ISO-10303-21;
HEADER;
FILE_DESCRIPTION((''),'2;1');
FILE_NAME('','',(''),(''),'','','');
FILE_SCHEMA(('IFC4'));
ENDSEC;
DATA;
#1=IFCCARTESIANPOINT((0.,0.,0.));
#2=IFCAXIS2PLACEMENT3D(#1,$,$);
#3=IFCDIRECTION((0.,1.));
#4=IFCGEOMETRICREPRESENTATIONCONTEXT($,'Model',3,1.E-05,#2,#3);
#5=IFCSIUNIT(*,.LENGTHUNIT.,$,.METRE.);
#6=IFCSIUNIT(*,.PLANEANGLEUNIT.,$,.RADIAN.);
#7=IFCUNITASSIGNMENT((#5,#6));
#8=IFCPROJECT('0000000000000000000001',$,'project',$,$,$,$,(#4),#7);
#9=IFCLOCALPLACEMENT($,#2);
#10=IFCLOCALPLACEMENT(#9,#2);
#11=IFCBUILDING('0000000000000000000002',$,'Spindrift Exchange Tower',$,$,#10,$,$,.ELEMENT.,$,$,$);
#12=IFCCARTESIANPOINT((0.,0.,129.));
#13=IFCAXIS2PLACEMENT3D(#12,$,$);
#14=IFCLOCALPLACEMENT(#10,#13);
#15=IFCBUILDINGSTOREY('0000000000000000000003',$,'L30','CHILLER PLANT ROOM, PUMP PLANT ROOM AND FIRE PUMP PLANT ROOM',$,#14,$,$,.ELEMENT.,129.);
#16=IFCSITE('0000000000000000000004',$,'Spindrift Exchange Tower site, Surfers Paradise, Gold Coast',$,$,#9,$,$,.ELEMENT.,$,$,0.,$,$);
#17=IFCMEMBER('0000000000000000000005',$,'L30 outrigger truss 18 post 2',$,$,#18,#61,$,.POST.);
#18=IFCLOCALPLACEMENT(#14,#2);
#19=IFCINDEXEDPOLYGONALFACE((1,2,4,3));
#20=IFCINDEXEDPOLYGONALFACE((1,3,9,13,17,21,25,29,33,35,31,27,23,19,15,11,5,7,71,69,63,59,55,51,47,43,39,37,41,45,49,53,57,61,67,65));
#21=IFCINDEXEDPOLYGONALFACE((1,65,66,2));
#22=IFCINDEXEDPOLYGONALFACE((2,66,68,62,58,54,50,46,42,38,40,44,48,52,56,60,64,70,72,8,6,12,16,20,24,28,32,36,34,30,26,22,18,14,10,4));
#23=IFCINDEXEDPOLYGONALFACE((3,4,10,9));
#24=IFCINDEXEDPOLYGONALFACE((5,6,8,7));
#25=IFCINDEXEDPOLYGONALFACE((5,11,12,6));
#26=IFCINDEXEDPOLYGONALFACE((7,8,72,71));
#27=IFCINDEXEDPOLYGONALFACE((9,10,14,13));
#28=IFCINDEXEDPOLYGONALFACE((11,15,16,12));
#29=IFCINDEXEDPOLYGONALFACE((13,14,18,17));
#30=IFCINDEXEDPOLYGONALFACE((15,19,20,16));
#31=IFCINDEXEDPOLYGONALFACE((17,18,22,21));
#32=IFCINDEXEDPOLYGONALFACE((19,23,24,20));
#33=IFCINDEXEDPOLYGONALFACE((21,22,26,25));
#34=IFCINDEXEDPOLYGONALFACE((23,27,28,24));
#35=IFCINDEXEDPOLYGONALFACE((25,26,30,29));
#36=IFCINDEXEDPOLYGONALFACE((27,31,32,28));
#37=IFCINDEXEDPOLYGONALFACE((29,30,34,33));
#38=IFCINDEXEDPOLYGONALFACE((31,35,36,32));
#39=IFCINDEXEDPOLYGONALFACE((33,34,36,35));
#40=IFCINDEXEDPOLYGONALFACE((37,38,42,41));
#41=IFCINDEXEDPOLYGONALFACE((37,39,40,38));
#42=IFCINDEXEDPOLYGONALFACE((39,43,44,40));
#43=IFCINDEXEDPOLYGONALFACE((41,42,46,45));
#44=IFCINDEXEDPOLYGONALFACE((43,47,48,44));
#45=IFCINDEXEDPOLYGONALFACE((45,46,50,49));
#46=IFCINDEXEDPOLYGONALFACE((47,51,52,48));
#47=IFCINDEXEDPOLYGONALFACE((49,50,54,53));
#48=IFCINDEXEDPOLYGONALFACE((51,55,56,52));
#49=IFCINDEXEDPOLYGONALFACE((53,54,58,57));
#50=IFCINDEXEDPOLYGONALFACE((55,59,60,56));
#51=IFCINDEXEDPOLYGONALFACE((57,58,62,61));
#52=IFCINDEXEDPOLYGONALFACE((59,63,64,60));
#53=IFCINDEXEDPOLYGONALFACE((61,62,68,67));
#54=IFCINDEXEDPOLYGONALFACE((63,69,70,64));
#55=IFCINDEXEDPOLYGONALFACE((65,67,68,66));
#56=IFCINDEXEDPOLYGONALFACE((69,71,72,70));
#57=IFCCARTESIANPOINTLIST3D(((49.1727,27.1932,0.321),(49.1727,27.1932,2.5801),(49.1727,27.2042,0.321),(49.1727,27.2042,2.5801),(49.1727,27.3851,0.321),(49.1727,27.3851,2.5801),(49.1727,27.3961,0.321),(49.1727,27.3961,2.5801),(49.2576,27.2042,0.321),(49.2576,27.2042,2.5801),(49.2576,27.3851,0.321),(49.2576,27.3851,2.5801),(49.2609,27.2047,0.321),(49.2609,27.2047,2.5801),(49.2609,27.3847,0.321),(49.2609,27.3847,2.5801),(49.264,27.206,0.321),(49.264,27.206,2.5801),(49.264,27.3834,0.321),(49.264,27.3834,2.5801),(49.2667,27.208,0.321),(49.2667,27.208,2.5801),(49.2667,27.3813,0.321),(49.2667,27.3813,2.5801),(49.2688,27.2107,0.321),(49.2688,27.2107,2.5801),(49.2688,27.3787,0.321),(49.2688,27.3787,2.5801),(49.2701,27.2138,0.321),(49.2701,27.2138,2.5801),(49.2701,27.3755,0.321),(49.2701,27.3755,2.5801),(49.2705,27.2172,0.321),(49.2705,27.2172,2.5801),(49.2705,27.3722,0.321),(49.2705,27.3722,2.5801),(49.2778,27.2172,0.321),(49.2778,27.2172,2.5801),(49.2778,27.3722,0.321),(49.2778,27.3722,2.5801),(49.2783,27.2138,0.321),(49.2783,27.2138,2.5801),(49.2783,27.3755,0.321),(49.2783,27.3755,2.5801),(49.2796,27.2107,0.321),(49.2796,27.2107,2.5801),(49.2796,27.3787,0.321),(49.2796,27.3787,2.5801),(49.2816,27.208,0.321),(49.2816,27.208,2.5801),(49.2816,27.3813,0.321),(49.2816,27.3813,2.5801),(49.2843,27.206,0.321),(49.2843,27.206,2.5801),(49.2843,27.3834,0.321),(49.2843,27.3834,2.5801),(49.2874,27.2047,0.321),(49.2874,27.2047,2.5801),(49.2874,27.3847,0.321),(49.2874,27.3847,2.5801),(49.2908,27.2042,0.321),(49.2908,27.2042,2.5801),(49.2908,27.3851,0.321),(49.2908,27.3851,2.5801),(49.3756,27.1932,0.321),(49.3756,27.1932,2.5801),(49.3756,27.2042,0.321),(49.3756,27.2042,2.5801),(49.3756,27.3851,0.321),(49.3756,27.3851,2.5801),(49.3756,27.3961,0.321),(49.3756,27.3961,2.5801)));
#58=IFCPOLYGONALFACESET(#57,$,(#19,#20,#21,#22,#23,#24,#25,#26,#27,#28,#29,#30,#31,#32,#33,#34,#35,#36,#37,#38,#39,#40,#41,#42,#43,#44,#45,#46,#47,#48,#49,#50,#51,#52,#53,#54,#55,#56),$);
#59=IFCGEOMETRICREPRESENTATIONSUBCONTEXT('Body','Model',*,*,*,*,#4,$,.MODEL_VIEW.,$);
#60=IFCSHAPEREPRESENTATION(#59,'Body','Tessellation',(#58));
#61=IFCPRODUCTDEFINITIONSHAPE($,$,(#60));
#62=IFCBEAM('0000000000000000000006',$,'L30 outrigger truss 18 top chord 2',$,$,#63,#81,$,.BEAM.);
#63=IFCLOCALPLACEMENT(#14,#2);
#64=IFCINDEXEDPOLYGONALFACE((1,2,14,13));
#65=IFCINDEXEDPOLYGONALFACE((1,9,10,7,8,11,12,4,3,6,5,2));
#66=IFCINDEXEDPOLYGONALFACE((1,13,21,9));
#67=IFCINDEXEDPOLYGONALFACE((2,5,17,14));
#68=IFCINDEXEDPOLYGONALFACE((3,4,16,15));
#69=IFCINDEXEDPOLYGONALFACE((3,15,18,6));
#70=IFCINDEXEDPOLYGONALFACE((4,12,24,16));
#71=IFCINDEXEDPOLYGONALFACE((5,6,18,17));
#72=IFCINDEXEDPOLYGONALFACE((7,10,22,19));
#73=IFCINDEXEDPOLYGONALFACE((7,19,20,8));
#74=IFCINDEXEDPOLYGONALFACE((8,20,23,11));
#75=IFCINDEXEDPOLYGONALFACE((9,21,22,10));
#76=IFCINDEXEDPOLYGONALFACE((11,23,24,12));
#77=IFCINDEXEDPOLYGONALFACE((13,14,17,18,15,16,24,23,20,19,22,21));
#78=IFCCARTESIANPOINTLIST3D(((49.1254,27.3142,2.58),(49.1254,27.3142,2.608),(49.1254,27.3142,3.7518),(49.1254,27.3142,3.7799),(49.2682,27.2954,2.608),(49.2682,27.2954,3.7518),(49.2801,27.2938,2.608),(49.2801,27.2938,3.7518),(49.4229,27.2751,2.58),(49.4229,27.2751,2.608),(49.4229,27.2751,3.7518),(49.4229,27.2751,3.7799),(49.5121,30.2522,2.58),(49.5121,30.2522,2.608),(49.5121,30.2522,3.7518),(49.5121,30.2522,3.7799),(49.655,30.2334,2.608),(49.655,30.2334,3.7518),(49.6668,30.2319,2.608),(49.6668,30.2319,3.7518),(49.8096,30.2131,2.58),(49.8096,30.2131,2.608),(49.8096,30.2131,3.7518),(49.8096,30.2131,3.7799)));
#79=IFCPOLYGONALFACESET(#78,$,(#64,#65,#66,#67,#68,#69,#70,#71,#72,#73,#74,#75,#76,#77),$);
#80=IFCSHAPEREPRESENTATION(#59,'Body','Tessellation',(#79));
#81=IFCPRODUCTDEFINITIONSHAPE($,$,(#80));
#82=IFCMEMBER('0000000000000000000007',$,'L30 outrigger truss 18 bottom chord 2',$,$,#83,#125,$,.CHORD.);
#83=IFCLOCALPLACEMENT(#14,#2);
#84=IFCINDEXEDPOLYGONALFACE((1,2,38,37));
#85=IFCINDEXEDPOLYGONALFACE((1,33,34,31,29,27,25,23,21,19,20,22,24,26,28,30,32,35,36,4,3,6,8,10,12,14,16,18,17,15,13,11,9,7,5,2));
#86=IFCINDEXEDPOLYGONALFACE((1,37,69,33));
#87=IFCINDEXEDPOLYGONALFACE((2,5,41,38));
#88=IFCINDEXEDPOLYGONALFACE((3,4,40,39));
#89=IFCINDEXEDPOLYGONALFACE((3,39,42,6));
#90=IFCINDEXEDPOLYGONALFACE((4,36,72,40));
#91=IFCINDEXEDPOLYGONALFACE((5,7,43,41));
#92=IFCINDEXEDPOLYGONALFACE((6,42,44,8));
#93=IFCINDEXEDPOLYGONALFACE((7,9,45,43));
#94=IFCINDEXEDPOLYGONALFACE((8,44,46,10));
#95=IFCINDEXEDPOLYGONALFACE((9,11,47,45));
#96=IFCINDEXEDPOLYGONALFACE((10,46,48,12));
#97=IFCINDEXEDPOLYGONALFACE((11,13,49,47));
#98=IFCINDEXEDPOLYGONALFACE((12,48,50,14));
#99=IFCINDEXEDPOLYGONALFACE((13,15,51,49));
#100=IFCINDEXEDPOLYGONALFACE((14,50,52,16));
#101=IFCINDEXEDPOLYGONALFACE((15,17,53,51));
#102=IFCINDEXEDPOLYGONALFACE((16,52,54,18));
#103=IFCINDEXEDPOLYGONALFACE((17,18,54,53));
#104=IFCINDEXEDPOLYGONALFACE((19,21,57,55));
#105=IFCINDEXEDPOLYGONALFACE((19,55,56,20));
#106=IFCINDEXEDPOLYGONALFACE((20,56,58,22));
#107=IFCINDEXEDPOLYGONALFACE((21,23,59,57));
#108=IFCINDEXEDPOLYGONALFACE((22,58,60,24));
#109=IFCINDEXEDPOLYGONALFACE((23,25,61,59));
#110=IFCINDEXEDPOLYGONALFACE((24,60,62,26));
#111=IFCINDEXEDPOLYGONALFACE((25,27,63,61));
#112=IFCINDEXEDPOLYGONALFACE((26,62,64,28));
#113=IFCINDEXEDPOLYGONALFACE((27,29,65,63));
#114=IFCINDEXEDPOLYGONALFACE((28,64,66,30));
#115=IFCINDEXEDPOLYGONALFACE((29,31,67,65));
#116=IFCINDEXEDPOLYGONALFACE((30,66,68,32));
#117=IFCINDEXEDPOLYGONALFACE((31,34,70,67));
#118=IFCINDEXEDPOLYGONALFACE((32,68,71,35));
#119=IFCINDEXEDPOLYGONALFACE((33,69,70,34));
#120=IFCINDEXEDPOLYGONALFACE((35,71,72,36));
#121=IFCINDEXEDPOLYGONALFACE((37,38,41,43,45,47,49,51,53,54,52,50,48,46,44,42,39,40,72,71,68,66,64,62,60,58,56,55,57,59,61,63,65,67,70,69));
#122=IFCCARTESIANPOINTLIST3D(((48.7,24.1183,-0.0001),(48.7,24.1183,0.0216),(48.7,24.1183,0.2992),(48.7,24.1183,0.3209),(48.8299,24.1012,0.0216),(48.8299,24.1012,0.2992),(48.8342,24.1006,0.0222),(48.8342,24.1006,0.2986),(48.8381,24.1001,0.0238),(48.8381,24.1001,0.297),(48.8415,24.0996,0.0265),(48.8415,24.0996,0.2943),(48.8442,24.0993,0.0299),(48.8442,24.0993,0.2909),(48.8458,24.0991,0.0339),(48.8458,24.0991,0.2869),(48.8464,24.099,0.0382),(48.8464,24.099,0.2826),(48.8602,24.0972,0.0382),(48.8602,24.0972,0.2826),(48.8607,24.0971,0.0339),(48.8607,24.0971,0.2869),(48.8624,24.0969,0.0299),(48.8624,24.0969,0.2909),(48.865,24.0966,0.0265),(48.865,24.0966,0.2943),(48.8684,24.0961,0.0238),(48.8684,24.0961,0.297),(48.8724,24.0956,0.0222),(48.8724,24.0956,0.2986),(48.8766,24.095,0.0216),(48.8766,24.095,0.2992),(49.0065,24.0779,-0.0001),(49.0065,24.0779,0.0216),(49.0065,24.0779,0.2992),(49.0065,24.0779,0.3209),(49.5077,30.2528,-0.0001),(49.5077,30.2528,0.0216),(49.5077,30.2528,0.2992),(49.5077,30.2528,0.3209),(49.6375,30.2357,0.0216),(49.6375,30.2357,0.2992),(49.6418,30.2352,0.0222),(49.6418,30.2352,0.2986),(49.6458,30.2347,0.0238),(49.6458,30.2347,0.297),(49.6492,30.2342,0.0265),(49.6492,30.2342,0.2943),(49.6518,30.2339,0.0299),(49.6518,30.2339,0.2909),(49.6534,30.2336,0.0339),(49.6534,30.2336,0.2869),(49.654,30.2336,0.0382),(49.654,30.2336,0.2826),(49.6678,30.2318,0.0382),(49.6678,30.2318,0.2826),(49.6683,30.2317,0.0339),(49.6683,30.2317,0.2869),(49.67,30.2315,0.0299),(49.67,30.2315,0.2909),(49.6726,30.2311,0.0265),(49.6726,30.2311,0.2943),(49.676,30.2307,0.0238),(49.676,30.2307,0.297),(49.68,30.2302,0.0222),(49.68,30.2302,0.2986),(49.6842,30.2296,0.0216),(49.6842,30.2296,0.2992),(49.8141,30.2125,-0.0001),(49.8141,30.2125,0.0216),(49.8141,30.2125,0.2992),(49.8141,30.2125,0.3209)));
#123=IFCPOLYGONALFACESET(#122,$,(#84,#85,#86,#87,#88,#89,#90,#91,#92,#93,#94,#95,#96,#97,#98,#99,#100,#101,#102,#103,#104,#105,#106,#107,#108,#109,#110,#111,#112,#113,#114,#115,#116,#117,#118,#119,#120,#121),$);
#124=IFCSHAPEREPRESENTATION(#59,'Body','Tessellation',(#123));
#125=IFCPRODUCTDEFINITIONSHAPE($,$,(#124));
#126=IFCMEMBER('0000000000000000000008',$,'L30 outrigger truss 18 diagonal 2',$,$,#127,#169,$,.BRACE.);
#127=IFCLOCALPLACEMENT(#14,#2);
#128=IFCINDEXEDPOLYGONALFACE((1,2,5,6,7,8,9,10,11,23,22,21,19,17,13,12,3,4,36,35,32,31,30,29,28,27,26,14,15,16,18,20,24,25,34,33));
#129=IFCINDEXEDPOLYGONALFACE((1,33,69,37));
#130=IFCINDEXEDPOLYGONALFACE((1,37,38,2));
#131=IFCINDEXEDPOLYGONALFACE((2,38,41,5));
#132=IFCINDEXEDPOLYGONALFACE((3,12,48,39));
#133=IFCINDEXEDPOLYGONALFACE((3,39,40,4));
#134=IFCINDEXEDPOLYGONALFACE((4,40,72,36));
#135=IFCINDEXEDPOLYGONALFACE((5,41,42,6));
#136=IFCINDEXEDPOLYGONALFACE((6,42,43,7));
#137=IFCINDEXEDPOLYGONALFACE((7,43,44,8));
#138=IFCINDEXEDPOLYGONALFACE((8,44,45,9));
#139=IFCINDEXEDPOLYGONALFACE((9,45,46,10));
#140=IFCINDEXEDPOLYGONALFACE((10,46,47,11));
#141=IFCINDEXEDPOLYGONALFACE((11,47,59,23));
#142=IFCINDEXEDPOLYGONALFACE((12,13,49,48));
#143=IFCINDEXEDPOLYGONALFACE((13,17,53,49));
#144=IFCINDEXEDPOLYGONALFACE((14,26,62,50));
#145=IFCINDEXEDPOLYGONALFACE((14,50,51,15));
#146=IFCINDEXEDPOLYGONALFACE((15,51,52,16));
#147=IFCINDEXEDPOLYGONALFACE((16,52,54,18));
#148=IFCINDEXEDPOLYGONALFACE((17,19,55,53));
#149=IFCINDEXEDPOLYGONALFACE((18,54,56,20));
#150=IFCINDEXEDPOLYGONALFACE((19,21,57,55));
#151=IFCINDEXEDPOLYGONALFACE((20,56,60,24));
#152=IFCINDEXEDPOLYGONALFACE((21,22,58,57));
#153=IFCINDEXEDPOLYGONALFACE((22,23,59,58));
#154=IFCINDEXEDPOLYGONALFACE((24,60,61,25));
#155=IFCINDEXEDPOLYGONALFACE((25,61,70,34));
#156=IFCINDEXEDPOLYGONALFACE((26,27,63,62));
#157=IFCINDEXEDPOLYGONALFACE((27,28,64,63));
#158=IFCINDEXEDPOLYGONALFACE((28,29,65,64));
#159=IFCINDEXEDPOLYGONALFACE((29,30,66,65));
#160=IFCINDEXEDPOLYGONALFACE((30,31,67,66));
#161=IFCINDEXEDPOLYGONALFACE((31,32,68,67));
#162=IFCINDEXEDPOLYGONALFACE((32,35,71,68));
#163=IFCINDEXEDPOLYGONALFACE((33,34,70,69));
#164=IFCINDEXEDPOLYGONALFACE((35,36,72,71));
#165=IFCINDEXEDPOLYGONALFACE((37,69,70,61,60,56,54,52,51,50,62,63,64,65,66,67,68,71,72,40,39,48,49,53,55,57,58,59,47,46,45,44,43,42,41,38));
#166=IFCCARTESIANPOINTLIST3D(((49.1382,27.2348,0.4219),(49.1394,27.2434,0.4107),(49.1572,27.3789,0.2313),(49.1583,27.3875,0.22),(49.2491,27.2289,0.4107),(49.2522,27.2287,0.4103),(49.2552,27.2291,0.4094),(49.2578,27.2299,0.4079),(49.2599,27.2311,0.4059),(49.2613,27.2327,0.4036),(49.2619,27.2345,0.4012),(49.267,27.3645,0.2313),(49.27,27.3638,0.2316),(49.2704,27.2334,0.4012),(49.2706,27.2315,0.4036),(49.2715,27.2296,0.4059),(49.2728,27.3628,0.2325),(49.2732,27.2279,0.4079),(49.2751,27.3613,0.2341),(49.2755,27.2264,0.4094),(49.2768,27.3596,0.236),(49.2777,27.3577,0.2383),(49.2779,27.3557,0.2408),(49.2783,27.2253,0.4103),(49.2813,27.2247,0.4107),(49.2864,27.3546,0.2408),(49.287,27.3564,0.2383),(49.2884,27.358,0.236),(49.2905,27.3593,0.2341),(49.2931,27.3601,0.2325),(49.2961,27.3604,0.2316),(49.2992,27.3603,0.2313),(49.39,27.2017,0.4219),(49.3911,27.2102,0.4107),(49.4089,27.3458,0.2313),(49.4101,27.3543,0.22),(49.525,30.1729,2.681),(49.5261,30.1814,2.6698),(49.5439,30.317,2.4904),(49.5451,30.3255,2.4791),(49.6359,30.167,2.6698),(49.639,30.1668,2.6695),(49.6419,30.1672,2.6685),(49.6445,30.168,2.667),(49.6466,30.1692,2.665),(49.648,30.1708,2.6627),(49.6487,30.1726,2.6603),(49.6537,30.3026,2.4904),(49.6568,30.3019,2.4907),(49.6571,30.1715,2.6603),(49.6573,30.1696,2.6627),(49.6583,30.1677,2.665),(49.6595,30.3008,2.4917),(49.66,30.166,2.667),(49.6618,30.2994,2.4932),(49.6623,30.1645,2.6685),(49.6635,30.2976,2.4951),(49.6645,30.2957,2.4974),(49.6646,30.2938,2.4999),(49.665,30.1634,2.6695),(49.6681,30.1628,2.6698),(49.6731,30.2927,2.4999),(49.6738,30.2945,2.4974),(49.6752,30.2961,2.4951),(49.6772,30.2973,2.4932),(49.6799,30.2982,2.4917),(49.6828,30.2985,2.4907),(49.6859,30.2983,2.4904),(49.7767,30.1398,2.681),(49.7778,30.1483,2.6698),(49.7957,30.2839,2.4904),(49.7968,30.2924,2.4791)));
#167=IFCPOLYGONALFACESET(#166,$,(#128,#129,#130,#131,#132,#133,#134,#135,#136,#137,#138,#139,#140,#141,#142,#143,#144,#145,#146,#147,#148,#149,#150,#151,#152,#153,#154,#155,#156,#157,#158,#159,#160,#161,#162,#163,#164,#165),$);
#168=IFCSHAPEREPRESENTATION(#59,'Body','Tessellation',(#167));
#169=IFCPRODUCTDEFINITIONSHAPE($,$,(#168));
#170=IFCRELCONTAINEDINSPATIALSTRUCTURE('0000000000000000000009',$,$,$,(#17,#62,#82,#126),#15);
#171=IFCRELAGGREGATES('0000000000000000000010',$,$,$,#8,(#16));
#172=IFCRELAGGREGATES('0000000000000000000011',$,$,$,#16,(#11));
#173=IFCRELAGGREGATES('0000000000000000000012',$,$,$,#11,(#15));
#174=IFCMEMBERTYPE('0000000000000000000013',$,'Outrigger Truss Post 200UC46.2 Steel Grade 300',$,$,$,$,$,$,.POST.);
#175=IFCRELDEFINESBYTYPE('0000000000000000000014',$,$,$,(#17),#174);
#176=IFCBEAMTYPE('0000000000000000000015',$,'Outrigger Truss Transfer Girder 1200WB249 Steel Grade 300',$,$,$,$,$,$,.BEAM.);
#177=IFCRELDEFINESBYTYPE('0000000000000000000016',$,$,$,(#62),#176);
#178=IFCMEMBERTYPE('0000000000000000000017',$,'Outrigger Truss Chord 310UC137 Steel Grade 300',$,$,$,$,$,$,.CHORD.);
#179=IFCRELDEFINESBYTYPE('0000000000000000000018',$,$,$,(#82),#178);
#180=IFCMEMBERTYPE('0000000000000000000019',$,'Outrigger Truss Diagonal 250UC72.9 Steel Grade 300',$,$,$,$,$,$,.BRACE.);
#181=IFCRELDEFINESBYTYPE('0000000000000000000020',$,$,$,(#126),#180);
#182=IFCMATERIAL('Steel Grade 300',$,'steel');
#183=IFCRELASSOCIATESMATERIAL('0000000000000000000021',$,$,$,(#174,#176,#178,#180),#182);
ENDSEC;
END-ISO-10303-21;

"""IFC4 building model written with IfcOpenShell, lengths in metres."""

from ifc_helpers import new_model, si_unit, direction, frame, origin, origin_2d, place, context, subcontext, project, spatial, i_section, extrude, source, transform, mapped, material, material_profile, profile_set, type_object, element, save


model = new_model("IFC4")

# Units and contexts
model_context = context("Model", 3, precision=1e-05, world=origin(), true_north=direction((0.0, 1.0)))
body_context = subcontext(model_context, "Body", "Model", "MODEL_VIEW")
ifc_project = project(units=[si_unit("LENGTHUNIT", "METRE"), si_unit("PLANEANGLEUNIT", "RADIAN")], contexts=[model_context])

# Site, building, storey
site_placement = place(None, origin())
site = spatial("IfcSite", under=ifc_project, at=site_placement, Name="Spindrift Exchange Tower site, Surfers Paradise, Gold Coast", CompositionType="ELEMENT", RefElevation=0.0)
building_placement = place(site_placement, origin())
building = spatial("IfcBuilding", under=site, at=building_placement, Name="Spindrift Exchange Tower", CompositionType="ELEMENT")
storey_placement = place(building_placement, frame((0.0, 0.0, 129.0)))
storey = spatial("IfcBuildingStorey", under=building, at=storey_placement, Name="L30", Description="CHILLER PLANT ROOM, PUMP PLANT ROOM AND FIRE PUMP PLANT ROOM", CompositionType="ELEMENT", Elevation=129.0)

# Shared definitions
ifc_material_1 = material(Name="Steel Grade 300", Category="steel")

# Member
ifc_material_profile_1 = material_profile(ifc_material_1, i_section(OverallWidth=0.2029, OverallDepth=0.2029, WebThickness=0.0073, FlangeThickness=0.011, FilletRadius=0.0129, at=origin_2d()), Name="200UC46.2")
ifc_profile_set_1 = profile_set([ifc_material_profile_1], Name="Steel Grade 300")
member_type_1 = type_object("IfcMemberType", Name="Outrigger Truss Post 200UC46.2 Steel Grade 300", PredefinedType="POST", material=ifc_profile_set_1)
shared_shape_1 = source(origin(), body_context, "Body", "SweptSolid", [
    extrude(i_section(OverallWidth=0.2029, OverallDepth=0.2029, WebThickness=0.0073, FlangeThickness=0.011, FilletRadius=0.0129, at=origin_2d()), origin(), (0.0, 0.0, 1.0), 2.259),
])
member_1_placement = place(storey_placement, frame((49.2742, 27.2947, 0.321), z_axis=(0.0, 0.0, 1.0), x_axis=(1.0, 0.0, 0.0)))
element("IfcMember", 1, at=member_1_placement, inside=storey, type_object=member_type_1, Name="L30 outrigger truss 18 post 2", PredefinedType="POST", context=body_context, shape_type="MappedRepresentation", body=[
    mapped(shared_shape_1, transform((0.0, 0.0, 0.0), scale=1.0)),
])

# Beam
ifc_material_profile_2 = material_profile(ifc_material_1, i_section(OverallWidth=0.3, OverallDepth=1.2, WebThickness=0.012, FlangeThickness=0.0281, at=origin_2d()), Name="1200WB249")
ifc_profile_set_2 = profile_set([ifc_material_profile_2], Name="Steel Grade 300")
beam_type_1 = type_object("IfcBeamType", Name="Outrigger Truss Transfer Girder 1200WB249 Steel Grade 300", PredefinedType="BEAM", material=ifc_profile_set_2)
shared_shape_2 = source(origin(), body_context, "Body", "SweptSolid", [
    extrude(i_section(OverallWidth=0.3, OverallDepth=1.2, WebThickness=0.012, FlangeThickness=0.0281, at=origin_2d()), origin(), (0.0, 0.0, 1.0), 2.9634),
])
beam_1_placement = place(storey_placement, frame((49.6609, 30.2327, 3.1799), z_axis=(-0.130501, -0.991448, 0.0), x_axis=(0.991448, -0.130501, 0.0)))
element("IfcBeam", 2, at=beam_1_placement, inside=storey, type_object=beam_type_1, Name="L30 outrigger truss 18 top chord 2", PredefinedType="BEAM", context=body_context, shape_type="MappedRepresentation", body=[
    mapped(shared_shape_2, transform((0.0, 0.0, 0.0), scale=1.0)),
])

# Members
ifc_material_profile_3 = material_profile(ifc_material_1, i_section(OverallWidth=0.3091, OverallDepth=0.321, WebThickness=0.0139, FlangeThickness=0.0217, FilletRadius=0.0166, at=origin_2d()), Name="310UC137")
ifc_profile_set_3 = profile_set([ifc_material_profile_3], Name="Steel Grade 300")
member_type_2 = type_object("IfcMemberType", Name="Outrigger Truss Chord 310UC137 Steel Grade 300", PredefinedType="CHORD", material=ifc_profile_set_3)
shared_shape_3 = source(origin(), body_context, "Body", "SweptSolid", [
    extrude(i_section(OverallWidth=0.3091, OverallDepth=0.321, WebThickness=0.0139, FlangeThickness=0.0217, FilletRadius=0.0166, at=origin_2d()), origin(), (0.0, 0.0, 1.0), 6.1875),
])
member_2_placement = place(storey_placement, frame((49.6609, 30.2327, 0.1604), z_axis=(-0.130525, -0.991445, 0.0), x_axis=(0.991445, -0.130525, 0.0)))
element("IfcMember", 3, at=member_2_placement, inside=storey, type_object=member_type_2, Name="L30 outrigger truss 18 bottom chord 2", PredefinedType="CHORD", context=body_context, shape_type="MappedRepresentation", body=[
    mapped(shared_shape_3, transform((0.0, 0.0, 0.0), scale=1.0)),
])
ifc_material_profile_4 = material_profile(ifc_material_1, i_section(OverallWidth=0.2539, OverallDepth=0.2539, WebThickness=0.0085, FlangeThickness=0.0142, FilletRadius=0.012, at=origin_2d()), Name="250UC72.9")
ifc_profile_set_4 = profile_set([ifc_material_profile_4], Name="Steel Grade 300")
member_type_3 = type_object("IfcMemberType", Name="Outrigger Truss Diagonal 250UC72.9 Steel Grade 300", PredefinedType="BRACE", material=ifc_profile_set_4)
shared_shape_4 = source(origin(), body_context, "Body", "SweptSolid", [
    extrude(i_section(OverallWidth=0.2539, OverallDepth=0.2539, WebThickness=0.0085, FlangeThickness=0.0142, FilletRadius=0.012, at=origin_2d()), origin(), (0.0, 0.0, 1.0), 3.7263),
])
member_3_placement = place(storey_placement, frame((49.6609, 30.2327, 2.5801), z_axis=(-0.103784, -0.788468, -0.606257), x_axis=(0.991448, -0.130501, 0.0)))
element("IfcMember", 4, at=member_3_placement, inside=storey, type_object=member_type_3, Name="L30 outrigger truss 18 diagonal 2", PredefinedType="BRACE", context=body_context, shape_type="MappedRepresentation", body=[
    mapped(shared_shape_4, transform((0.0, 0.0, 0.0), scale=1.0)),
])

save(model, "model.ifc")
